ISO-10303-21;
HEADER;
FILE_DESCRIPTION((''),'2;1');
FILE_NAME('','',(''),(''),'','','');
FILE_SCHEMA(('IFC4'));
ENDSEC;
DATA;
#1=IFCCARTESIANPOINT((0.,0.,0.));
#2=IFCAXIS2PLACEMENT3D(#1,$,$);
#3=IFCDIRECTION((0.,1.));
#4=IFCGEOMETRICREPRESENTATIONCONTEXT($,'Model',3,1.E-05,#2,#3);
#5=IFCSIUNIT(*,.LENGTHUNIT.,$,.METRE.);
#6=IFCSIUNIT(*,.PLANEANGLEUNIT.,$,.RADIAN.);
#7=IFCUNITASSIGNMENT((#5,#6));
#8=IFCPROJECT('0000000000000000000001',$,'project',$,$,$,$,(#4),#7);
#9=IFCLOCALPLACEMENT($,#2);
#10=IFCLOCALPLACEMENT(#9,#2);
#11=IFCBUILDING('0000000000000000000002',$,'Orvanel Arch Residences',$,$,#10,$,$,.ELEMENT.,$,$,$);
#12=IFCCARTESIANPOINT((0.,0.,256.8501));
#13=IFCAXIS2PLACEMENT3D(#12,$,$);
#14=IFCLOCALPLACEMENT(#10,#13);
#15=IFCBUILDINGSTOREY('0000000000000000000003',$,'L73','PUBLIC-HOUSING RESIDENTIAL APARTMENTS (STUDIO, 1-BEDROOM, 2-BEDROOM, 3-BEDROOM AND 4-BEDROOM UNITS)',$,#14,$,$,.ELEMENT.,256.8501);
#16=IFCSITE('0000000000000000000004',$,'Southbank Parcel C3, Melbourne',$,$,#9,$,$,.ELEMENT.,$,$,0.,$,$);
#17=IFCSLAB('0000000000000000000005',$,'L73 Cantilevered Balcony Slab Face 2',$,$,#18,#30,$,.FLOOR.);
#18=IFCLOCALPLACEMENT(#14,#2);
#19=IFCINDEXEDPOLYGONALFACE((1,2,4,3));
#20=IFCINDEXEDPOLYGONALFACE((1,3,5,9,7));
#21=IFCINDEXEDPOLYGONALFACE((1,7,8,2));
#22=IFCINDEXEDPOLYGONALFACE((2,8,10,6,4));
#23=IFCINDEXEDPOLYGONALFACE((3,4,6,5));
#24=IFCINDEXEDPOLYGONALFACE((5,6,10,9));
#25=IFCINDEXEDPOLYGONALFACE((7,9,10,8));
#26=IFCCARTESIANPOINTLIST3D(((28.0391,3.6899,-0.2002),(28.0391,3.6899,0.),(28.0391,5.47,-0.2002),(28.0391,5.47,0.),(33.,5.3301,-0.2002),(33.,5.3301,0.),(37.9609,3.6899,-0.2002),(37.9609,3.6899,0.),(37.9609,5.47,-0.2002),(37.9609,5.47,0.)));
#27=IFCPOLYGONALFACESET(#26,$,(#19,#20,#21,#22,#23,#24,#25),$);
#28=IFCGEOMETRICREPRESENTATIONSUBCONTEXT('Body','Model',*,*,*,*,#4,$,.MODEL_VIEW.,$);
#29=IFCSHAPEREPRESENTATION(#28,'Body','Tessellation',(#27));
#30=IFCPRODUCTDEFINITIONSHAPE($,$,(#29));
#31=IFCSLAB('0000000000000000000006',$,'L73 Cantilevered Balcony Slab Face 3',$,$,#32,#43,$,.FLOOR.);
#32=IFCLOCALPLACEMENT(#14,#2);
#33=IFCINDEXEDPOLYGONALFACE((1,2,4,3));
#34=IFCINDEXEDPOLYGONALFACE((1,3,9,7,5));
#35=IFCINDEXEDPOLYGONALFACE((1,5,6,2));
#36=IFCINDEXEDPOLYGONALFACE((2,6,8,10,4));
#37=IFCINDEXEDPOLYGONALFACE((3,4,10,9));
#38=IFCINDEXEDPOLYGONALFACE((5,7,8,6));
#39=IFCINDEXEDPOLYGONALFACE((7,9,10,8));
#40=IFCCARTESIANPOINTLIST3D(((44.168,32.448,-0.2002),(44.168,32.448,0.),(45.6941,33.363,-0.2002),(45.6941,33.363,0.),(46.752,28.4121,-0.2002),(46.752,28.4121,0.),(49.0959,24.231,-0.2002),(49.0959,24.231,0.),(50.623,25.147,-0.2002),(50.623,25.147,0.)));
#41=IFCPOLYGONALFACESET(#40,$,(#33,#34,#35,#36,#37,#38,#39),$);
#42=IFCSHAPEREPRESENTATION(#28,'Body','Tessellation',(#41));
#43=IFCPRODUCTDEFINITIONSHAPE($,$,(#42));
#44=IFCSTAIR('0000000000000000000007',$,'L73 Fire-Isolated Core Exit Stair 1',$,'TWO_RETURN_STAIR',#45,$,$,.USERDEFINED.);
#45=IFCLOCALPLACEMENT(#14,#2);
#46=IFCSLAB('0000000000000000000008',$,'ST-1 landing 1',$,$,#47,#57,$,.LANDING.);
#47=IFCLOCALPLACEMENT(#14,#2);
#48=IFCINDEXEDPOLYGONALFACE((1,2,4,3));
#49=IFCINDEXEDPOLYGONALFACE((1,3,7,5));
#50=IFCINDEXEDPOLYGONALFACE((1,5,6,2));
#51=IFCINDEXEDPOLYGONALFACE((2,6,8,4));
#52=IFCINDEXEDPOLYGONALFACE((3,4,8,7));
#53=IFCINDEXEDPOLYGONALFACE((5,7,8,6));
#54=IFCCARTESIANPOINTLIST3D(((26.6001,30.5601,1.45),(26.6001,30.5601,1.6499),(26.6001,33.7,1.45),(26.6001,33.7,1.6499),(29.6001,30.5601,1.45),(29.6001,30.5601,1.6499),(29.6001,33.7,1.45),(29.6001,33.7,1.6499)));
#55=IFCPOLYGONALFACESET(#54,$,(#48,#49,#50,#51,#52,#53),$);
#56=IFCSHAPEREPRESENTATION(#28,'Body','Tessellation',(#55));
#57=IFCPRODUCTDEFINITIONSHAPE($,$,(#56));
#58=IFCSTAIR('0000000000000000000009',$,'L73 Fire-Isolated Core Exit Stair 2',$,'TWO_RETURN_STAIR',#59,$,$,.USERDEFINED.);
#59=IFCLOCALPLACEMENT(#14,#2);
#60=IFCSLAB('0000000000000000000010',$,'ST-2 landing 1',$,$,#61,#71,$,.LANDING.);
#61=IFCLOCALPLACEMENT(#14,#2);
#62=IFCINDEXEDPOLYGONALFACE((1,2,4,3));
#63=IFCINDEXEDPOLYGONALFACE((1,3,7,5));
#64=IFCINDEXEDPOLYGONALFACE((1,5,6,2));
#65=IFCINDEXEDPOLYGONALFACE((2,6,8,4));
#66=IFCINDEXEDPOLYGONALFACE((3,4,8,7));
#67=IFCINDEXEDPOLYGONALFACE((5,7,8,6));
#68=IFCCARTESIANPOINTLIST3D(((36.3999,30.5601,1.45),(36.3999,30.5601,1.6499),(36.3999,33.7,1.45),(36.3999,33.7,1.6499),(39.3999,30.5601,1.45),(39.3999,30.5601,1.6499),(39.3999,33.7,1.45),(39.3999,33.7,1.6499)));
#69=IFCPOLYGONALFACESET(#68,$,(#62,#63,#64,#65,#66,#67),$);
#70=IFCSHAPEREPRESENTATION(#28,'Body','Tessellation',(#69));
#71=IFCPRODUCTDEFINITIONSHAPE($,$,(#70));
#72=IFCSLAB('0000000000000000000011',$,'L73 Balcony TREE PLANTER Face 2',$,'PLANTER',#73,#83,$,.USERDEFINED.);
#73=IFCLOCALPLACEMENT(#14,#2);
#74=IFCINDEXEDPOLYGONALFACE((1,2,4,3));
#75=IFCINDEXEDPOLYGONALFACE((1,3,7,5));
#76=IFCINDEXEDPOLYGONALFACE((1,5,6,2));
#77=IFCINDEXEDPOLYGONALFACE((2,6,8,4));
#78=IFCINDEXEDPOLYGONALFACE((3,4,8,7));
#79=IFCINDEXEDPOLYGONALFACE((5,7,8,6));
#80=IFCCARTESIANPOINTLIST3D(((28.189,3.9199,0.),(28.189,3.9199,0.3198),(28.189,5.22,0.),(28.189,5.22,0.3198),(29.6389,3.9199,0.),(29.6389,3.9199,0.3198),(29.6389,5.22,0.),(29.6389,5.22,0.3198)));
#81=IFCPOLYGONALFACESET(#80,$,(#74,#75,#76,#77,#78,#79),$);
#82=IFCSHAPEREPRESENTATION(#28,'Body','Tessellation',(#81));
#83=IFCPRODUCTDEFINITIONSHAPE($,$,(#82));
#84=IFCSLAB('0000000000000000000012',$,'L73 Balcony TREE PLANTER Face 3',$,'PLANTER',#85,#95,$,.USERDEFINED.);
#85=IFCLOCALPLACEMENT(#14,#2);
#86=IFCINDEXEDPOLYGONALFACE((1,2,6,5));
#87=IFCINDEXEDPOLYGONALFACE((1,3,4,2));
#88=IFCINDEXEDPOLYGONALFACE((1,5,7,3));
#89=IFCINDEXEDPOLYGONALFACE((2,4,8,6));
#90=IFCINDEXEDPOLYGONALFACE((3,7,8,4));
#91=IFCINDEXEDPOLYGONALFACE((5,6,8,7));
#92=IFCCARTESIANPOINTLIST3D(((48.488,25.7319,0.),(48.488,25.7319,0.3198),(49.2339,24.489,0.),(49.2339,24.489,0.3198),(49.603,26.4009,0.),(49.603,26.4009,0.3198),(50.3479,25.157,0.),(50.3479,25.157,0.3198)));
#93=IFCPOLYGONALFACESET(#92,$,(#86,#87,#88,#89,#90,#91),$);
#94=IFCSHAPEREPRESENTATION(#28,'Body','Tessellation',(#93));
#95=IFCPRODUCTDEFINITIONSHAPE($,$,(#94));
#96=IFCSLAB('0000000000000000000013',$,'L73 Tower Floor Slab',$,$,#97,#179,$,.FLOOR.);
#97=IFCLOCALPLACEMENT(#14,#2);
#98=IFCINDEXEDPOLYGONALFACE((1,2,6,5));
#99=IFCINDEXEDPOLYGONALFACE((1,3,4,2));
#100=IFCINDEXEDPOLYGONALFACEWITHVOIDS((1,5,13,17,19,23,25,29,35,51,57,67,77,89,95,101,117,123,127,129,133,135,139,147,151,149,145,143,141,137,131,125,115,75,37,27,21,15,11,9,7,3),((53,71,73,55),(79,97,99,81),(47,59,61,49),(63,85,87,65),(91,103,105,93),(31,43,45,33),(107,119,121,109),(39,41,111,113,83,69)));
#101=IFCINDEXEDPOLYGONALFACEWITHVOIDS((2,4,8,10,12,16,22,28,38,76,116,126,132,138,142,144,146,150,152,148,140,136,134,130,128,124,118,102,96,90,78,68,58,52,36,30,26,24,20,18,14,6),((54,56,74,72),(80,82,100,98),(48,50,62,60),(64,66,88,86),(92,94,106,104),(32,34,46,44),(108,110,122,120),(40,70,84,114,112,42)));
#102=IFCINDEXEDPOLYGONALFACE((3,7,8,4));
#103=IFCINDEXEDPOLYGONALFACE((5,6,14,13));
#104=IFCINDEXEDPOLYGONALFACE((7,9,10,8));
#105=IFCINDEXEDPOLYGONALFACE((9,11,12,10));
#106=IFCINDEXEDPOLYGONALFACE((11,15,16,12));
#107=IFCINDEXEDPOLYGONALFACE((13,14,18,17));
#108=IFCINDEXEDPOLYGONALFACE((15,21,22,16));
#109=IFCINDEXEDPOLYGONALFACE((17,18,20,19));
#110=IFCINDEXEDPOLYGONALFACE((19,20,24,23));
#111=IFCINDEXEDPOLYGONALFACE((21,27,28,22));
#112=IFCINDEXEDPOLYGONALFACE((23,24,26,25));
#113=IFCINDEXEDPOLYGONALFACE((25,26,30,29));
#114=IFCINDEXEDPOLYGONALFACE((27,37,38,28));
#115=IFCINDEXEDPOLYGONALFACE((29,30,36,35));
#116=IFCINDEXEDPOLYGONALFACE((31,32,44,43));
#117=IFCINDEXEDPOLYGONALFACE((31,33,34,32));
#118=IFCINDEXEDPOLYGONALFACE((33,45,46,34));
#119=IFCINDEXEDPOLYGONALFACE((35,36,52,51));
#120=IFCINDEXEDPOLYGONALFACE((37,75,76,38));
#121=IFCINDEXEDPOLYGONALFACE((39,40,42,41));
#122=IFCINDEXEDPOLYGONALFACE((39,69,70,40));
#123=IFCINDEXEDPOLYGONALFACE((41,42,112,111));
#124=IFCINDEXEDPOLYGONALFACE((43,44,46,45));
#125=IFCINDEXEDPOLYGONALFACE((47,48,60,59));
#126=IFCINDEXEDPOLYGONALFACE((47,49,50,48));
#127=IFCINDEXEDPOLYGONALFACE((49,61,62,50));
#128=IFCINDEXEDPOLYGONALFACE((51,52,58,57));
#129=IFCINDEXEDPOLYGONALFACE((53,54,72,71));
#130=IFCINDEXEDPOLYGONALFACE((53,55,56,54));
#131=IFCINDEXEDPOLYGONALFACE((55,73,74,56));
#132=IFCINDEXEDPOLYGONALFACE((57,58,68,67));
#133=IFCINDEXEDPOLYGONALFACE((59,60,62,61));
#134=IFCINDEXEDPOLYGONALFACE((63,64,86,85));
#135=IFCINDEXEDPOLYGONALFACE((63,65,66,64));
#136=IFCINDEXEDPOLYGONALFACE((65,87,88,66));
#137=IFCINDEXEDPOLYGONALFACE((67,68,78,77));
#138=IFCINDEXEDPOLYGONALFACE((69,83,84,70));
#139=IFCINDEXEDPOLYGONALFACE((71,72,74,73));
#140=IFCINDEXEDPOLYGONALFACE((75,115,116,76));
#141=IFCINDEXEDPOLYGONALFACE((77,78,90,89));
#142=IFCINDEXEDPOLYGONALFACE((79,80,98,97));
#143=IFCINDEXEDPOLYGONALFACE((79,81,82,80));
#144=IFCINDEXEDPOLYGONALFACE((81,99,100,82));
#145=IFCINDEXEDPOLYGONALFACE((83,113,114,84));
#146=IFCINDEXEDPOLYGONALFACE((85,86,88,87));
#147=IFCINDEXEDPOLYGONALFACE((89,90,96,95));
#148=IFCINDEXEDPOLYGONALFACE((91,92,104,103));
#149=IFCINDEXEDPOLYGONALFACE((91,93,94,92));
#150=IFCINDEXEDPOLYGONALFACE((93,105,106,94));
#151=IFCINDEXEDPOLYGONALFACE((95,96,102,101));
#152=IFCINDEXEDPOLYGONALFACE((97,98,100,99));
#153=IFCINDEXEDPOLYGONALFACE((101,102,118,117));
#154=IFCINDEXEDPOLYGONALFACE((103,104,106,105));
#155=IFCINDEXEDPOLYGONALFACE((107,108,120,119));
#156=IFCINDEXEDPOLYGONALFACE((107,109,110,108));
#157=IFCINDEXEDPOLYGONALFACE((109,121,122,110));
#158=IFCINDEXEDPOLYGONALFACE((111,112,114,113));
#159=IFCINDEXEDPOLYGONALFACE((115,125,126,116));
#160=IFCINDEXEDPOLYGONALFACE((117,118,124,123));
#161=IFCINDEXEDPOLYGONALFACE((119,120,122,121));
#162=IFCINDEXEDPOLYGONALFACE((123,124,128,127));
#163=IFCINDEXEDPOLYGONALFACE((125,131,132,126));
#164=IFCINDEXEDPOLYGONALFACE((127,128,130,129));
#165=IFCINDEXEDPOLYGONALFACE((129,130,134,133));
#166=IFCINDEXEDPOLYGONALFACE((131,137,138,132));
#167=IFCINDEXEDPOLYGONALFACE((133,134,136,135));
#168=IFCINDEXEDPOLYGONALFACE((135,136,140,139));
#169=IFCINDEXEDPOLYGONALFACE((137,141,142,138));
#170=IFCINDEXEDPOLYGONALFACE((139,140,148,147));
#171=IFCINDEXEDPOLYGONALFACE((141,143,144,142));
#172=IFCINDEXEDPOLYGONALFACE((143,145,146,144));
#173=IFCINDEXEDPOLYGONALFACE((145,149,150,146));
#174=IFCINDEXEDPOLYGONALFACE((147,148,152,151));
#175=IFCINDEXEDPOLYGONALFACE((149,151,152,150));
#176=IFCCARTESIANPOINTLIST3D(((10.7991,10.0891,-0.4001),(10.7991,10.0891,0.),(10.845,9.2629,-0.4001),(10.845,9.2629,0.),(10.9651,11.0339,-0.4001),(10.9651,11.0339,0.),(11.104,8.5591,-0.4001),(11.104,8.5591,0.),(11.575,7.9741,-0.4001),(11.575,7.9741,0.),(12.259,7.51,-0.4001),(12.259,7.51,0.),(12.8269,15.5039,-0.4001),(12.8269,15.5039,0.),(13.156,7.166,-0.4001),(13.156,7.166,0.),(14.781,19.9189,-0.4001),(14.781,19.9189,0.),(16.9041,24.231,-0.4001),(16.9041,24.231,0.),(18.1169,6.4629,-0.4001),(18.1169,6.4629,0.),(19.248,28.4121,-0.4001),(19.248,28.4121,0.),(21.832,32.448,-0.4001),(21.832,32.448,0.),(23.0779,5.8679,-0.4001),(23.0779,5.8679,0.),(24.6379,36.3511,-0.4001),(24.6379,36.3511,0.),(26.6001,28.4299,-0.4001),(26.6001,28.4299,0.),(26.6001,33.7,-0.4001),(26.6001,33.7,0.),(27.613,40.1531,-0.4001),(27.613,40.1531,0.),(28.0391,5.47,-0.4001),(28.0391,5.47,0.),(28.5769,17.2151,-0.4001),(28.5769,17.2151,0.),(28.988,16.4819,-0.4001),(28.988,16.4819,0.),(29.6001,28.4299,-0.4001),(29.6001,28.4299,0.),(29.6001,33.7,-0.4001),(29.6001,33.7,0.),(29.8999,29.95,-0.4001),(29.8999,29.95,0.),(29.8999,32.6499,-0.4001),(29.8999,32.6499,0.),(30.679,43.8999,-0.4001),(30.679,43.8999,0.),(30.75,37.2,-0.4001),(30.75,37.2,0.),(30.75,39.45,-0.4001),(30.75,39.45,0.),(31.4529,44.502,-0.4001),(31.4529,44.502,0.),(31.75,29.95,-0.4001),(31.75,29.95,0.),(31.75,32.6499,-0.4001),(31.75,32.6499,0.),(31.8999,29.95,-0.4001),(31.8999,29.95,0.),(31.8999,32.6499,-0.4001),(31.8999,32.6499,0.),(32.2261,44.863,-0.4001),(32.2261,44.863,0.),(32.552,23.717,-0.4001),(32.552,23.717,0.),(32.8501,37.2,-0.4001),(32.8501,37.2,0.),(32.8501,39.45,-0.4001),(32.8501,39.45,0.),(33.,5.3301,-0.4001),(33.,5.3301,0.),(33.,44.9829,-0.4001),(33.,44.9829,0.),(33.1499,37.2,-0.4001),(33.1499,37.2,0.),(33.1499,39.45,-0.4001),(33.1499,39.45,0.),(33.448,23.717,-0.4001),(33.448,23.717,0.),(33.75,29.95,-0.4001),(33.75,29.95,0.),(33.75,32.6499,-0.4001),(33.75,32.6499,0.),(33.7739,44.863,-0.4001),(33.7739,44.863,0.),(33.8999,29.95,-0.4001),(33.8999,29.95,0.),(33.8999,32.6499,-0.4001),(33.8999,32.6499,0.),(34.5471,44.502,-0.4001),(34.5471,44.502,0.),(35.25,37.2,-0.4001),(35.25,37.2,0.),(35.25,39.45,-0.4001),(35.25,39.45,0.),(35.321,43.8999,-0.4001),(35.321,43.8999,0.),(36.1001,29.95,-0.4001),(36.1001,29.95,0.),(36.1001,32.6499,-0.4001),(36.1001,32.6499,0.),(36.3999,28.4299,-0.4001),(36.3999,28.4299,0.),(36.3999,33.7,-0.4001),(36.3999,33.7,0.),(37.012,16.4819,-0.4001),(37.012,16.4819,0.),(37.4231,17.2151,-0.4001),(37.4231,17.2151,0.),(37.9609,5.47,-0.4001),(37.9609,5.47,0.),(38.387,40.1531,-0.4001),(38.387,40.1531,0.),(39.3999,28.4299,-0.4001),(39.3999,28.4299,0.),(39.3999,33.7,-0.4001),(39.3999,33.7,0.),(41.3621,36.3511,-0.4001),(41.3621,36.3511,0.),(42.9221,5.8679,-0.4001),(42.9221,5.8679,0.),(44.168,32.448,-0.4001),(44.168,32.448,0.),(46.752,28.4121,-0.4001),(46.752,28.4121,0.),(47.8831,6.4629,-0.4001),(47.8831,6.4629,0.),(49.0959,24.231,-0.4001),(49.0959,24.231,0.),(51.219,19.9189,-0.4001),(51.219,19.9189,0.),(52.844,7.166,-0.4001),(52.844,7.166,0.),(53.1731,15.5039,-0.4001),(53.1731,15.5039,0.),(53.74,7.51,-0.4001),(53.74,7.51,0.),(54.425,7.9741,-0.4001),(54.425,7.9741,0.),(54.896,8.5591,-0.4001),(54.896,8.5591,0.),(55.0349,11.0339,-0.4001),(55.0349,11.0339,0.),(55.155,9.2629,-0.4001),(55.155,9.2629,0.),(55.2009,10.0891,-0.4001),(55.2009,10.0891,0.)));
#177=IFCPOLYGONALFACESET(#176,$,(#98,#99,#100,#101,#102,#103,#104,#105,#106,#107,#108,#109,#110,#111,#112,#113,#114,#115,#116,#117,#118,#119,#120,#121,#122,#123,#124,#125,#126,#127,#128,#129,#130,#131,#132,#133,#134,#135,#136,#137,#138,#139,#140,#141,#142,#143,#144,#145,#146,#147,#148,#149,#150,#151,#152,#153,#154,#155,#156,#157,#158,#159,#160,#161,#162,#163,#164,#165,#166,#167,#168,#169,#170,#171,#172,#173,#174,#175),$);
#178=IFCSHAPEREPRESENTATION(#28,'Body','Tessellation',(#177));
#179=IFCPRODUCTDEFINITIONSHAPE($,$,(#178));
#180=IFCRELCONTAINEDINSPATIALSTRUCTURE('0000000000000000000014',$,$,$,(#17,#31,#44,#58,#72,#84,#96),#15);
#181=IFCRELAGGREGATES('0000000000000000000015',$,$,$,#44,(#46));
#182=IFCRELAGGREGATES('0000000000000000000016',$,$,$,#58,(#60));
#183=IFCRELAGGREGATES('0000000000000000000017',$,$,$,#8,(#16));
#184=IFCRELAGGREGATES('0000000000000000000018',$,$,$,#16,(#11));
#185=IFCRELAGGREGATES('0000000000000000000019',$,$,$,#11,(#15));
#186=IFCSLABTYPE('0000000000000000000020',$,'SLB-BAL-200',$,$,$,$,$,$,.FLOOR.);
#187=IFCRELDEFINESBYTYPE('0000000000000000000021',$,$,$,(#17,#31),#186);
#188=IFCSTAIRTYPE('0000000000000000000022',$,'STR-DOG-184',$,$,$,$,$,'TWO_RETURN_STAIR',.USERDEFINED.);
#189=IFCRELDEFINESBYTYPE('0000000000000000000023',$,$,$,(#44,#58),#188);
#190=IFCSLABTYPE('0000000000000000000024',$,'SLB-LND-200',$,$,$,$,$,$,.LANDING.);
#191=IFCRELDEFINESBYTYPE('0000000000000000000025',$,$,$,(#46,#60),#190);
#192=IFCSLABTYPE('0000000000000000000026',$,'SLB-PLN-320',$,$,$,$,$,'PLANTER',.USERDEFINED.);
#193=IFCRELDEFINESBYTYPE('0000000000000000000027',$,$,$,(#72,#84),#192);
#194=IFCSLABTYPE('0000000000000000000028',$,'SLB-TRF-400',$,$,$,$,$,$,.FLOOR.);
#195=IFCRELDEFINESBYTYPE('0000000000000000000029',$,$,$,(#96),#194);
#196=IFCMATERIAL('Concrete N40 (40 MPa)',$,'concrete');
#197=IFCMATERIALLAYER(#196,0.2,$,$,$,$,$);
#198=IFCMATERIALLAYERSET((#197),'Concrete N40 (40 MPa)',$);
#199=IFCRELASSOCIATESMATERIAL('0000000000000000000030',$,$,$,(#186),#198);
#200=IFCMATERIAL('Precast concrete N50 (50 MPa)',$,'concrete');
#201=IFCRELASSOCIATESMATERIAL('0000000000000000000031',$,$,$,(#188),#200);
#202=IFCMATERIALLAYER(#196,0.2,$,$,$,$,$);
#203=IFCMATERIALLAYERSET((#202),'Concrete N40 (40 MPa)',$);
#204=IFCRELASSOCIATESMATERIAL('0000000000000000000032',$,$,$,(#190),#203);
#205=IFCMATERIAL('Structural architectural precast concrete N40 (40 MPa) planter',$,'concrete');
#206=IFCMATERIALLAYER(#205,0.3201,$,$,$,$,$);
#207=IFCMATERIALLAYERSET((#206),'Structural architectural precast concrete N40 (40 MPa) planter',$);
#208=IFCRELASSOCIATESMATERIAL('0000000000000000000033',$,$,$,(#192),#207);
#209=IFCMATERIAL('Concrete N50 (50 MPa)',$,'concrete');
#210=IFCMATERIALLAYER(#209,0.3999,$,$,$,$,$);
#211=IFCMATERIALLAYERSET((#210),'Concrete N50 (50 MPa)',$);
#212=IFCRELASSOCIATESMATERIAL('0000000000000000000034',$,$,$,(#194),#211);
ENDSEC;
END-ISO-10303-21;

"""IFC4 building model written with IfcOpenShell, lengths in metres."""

from ifc_helpers import new_model, si_unit, direction, frame, origin, place, context, subcontext, project, spatial, polyline, outline, extrude, material, layer, layer_set, type_object, element, aggregate, save


model = new_model("IFC4")

# Units and contexts
model_context = context("Model", 3, precision=1e-05, world=origin(), true_north=direction((0.0, 1.0)))
body_context = subcontext(model_context, "Body", "Model", "MODEL_VIEW")
ifc_project = project(units=[si_unit("LENGTHUNIT", "METRE"), si_unit("PLANEANGLEUNIT", "RADIAN")], contexts=[model_context])

# Site, building, storey
site_placement = place(None, origin())
site = spatial("IfcSite", under=ifc_project, at=site_placement, Name="Southbank Parcel C3, Melbourne", CompositionType="ELEMENT", RefElevation=0.0)
building_placement = place(site_placement, origin())
building = spatial("IfcBuilding", under=site, at=building_placement, Name="Orvanel Arch Residences", CompositionType="ELEMENT")
storey_placement = place(building_placement, frame((0.0, 0.0, 256.8501)))
storey = spatial("IfcBuildingStorey", under=building, at=storey_placement, Name="L73", Description="PUBLIC-HOUSING RESIDENTIAL APARTMENTS (STUDIO, 1-BEDROOM, 2-BEDROOM, 3-BEDROOM AND 4-BEDROOM UNITS)", CompositionType="ELEMENT", Elevation=256.8501)

# Slabs
ifc_material_1 = material(Name="Concrete N40 (40 MPa)", Category="concrete")
ifc_layer_1 = layer(ifc_material_1, 0.2)
ifc_layer_set_1 = layer_set([ifc_layer_1], Name="Concrete N40 (40 MPa)")
slab_type_1 = type_object("IfcSlabType", Name="SLB-BAL-200", PredefinedType="FLOOR", material=ifc_layer_set_1)
slab_1_placement = place(storey_placement, frame((0.0, 0.0, -0.2002)))
element("IfcSlab", 1, at=slab_1_placement, inside=storey, type_object=slab_type_1, Name="L73 Cantilevered Balcony Slab Face 2", PredefinedType="FLOOR", context=body_context, shape_type="SweptSolid", body=[
    extrude(outline(polyline([(28.0391, 3.6899), (37.9609, 3.6899), (37.9609, 5.47), (33.0, 5.3301), (28.0391, 5.47), (28.0391, 3.6899)])), origin(), (0.0, 0.0, 1.0), 0.2002),
])
slab_2_placement = place(storey_placement, frame((0.0, 0.0, -0.2002)))
element("IfcSlab", 2, at=slab_2_placement, inside=storey, type_object=slab_type_1, Name="L73 Cantilevered Balcony Slab Face 3", PredefinedType="FLOOR", context=body_context, shape_type="SweptSolid", body=[
    extrude(outline(polyline([(50.623, 25.147), (45.6941, 33.363), (44.168, 32.448), (46.752, 28.4121), (49.0959, 24.231), (50.623, 25.147)])), origin(), (0.0, 0.0, 1.0), 0.2002),
])

# Stairs, slabs
ifc_material_2 = material(Name="Precast concrete N50 (50 MPa)", Category="concrete")
stair_type = type_object("IfcStairType", Name="STR-DOG-184", ElementType="TWO_RETURN_STAIR", PredefinedType="USERDEFINED", material=ifc_material_2)
stair_1_placement = place(storey_placement, origin())
stair_1 = element("IfcStair", 3, at=stair_1_placement, inside=storey, type_object=stair_type, Name="L73 Fire-Isolated Core Exit Stair 1", ObjectType="TWO_RETURN_STAIR", PredefinedType="USERDEFINED")
ifc_layer_2 = layer(ifc_material_1, 0.2)
ifc_layer_set_2 = layer_set([ifc_layer_2], Name="Concrete N40 (40 MPa)")
slab_type_2 = type_object("IfcSlabType", Name="SLB-LND-200", PredefinedType="LANDING", material=ifc_layer_set_2)
slab_3_placement = place(storey_placement, frame((0.0, 0.0, 1.45)))
slab_3 = element("IfcSlab", 4, at=slab_3_placement, type_object=slab_type_2, Name="ST-1 landing 1", PredefinedType="LANDING", context=body_context, shape_type="SweptSolid", body=[
    extrude(outline(polyline([(29.6001, 30.5601), (29.6001, 33.7), (26.6001, 33.7), (26.6001, 30.5601), (29.6001, 30.5601)])), origin(), (0.0, 0.0, 1.0), 0.2),
])
aggregate(stair_1, [slab_3])
stair_2_placement = place(storey_placement, origin())
stair_2 = element("IfcStair", 5, at=stair_2_placement, inside=storey, type_object=stair_type, Name="L73 Fire-Isolated Core Exit Stair 2", ObjectType="TWO_RETURN_STAIR", PredefinedType="USERDEFINED")
slab_4_placement = place(storey_placement, frame((0.0, 0.0, 1.45)))
slab_4 = element("IfcSlab", 6, at=slab_4_placement, type_object=slab_type_2, Name="ST-2 landing 1", PredefinedType="LANDING", context=body_context, shape_type="SweptSolid", body=[
    extrude(outline(polyline([(39.3999, 30.5601), (39.3999, 33.7), (36.3999, 33.7), (36.3999, 30.5601), (39.3999, 30.5601)])), origin(), (0.0, 0.0, 1.0), 0.2),
])
aggregate(stair_2, [slab_4])

# Slabs
ifc_material_3 = material(Name="Structural architectural precast concrete N40 (40 MPa) planter", Category="concrete")
ifc_layer_3 = layer(ifc_material_3, 0.3201)
ifc_layer_set_3 = layer_set([ifc_layer_3], Name="Structural architectural precast concrete N40 (40 MPa) planter")
slab_type_3 = type_object("IfcSlabType", Name="SLB-PLN-320", ElementType="PLANTER", PredefinedType="USERDEFINED", material=ifc_layer_set_3)
slab_5_placement = place(storey_placement, origin())
element("IfcSlab", 7, at=slab_5_placement, inside=storey, type_object=slab_type_3, Name="L73 Balcony TREE PLANTER Face 2", ObjectType="PLANTER", PredefinedType="USERDEFINED", context=body_context, shape_type="SweptSolid", body=[
    extrude(outline(polyline([(28.189, 3.9199), (29.6389, 3.9199), (29.6389, 5.22), (28.189, 5.22), (28.189, 3.9199)])), origin(), (0.0, 0.0, 1.0), 0.3198),
])
slab_6_placement = place(storey_placement, origin())
element("IfcSlab", 8, at=slab_6_placement, inside=storey, type_object=slab_type_3, Name="L73 Balcony TREE PLANTER Face 3", ObjectType="PLANTER", PredefinedType="USERDEFINED", context=body_context, shape_type="SweptSolid", body=[
    extrude(outline(polyline([(50.3479, 25.157), (49.603, 26.4009), (48.488, 25.7319), (49.2339, 24.489), (50.3479, 25.157)])), origin(), (0.0, 0.0, 1.0), 0.3198),
])
ifc_material_4 = material(Name="Concrete N50 (50 MPa)", Category="concrete")
ifc_layer_4 = layer(ifc_material_4, 0.3999)
ifc_layer_set_4 = layer_set([ifc_layer_4], Name="Concrete N50 (50 MPa)")
slab_type_4 = type_object("IfcSlabType", Name="SLB-TRF-400", PredefinedType="FLOOR", material=ifc_layer_set_4)
slab_7_placement = place(storey_placement, frame((0.0, 0.0, -0.4001)))
element("IfcSlab", 9, at=slab_7_placement, inside=storey, type_object=slab_type_4, Name="L73 Tower Floor Slab", PredefinedType="FLOOR", context=body_context, shape_type="SweptSolid", body=[
    extrude(outline(polyline([(35.321, 43.8999), (34.5471, 44.502), (33.7739, 44.863), (33.0, 44.9829), (32.2261, 44.863), (31.4529, 44.502), (30.679, 43.8999), (27.613, 40.1531), (24.6379, 36.3511), (21.832, 32.448), (19.248, 28.4121), (16.9041, 24.231), (14.781, 19.9189), (12.8269, 15.5039), (10.9651, 11.0339), (10.7991, 10.0891), (10.845, 9.2629), (11.104, 8.5591), (11.575, 7.9741), (12.259, 7.51), (13.156, 7.166), (18.1169, 6.4629), (23.0779, 5.8679), (28.0391, 5.47), (33.0, 5.3301), (37.9609, 5.47), (42.9221, 5.8679), (47.8831, 6.4629), (52.844, 7.166), (53.74, 7.51), (54.425, 7.9741), (54.896, 8.5591), (55.155, 9.2629), (55.2009, 10.0891), (55.0349, 11.0339), (53.1731, 15.5039), (51.219, 19.9189), (49.0959, 24.231), (46.752, 28.4121), (44.168, 32.448), (41.3621, 36.3511), (38.387, 40.1531), (35.321, 43.8999)]), holes=[polyline([(26.6001, 28.4299), (26.6001, 33.7), (29.6001, 33.7), (29.6001, 28.4299), (26.6001, 28.4299)]), polyline([(36.3999, 28.4299), (36.3999, 33.7), (39.3999, 33.7), (39.3999, 28.4299), (36.3999, 28.4299)]), polyline([(29.8999, 32.6499), (31.75, 32.6499), (31.75, 29.95), (29.8999, 29.95), (29.8999, 32.6499)]), polyline([(31.8999, 32.6499), (33.75, 32.6499), (33.75, 29.95), (31.8999, 29.95), (31.8999, 32.6499)]), polyline([(33.8999, 32.6499), (36.1001, 32.6499), (36.1001, 29.95), (33.8999, 29.95), (33.8999, 32.6499)]), polyline([(30.75, 39.45), (32.8501, 39.45), (32.8501, 37.2), (30.75, 37.2), (30.75, 39.45)]), polyline([(33.1499, 39.45), (35.25, 39.45), (35.25, 37.2), (33.1499, 37.2), (33.1499, 39.45)]), polyline([(37.4231, 17.2151), (37.012, 16.4819), (28.988, 16.4819), (28.5769, 17.2151), (32.552, 23.717), (33.448, 23.717), (37.4231, 17.2151)])]), origin(), (0.0, 0.0, 1.0), 0.4001),
])

save(model, "model.ifc")
